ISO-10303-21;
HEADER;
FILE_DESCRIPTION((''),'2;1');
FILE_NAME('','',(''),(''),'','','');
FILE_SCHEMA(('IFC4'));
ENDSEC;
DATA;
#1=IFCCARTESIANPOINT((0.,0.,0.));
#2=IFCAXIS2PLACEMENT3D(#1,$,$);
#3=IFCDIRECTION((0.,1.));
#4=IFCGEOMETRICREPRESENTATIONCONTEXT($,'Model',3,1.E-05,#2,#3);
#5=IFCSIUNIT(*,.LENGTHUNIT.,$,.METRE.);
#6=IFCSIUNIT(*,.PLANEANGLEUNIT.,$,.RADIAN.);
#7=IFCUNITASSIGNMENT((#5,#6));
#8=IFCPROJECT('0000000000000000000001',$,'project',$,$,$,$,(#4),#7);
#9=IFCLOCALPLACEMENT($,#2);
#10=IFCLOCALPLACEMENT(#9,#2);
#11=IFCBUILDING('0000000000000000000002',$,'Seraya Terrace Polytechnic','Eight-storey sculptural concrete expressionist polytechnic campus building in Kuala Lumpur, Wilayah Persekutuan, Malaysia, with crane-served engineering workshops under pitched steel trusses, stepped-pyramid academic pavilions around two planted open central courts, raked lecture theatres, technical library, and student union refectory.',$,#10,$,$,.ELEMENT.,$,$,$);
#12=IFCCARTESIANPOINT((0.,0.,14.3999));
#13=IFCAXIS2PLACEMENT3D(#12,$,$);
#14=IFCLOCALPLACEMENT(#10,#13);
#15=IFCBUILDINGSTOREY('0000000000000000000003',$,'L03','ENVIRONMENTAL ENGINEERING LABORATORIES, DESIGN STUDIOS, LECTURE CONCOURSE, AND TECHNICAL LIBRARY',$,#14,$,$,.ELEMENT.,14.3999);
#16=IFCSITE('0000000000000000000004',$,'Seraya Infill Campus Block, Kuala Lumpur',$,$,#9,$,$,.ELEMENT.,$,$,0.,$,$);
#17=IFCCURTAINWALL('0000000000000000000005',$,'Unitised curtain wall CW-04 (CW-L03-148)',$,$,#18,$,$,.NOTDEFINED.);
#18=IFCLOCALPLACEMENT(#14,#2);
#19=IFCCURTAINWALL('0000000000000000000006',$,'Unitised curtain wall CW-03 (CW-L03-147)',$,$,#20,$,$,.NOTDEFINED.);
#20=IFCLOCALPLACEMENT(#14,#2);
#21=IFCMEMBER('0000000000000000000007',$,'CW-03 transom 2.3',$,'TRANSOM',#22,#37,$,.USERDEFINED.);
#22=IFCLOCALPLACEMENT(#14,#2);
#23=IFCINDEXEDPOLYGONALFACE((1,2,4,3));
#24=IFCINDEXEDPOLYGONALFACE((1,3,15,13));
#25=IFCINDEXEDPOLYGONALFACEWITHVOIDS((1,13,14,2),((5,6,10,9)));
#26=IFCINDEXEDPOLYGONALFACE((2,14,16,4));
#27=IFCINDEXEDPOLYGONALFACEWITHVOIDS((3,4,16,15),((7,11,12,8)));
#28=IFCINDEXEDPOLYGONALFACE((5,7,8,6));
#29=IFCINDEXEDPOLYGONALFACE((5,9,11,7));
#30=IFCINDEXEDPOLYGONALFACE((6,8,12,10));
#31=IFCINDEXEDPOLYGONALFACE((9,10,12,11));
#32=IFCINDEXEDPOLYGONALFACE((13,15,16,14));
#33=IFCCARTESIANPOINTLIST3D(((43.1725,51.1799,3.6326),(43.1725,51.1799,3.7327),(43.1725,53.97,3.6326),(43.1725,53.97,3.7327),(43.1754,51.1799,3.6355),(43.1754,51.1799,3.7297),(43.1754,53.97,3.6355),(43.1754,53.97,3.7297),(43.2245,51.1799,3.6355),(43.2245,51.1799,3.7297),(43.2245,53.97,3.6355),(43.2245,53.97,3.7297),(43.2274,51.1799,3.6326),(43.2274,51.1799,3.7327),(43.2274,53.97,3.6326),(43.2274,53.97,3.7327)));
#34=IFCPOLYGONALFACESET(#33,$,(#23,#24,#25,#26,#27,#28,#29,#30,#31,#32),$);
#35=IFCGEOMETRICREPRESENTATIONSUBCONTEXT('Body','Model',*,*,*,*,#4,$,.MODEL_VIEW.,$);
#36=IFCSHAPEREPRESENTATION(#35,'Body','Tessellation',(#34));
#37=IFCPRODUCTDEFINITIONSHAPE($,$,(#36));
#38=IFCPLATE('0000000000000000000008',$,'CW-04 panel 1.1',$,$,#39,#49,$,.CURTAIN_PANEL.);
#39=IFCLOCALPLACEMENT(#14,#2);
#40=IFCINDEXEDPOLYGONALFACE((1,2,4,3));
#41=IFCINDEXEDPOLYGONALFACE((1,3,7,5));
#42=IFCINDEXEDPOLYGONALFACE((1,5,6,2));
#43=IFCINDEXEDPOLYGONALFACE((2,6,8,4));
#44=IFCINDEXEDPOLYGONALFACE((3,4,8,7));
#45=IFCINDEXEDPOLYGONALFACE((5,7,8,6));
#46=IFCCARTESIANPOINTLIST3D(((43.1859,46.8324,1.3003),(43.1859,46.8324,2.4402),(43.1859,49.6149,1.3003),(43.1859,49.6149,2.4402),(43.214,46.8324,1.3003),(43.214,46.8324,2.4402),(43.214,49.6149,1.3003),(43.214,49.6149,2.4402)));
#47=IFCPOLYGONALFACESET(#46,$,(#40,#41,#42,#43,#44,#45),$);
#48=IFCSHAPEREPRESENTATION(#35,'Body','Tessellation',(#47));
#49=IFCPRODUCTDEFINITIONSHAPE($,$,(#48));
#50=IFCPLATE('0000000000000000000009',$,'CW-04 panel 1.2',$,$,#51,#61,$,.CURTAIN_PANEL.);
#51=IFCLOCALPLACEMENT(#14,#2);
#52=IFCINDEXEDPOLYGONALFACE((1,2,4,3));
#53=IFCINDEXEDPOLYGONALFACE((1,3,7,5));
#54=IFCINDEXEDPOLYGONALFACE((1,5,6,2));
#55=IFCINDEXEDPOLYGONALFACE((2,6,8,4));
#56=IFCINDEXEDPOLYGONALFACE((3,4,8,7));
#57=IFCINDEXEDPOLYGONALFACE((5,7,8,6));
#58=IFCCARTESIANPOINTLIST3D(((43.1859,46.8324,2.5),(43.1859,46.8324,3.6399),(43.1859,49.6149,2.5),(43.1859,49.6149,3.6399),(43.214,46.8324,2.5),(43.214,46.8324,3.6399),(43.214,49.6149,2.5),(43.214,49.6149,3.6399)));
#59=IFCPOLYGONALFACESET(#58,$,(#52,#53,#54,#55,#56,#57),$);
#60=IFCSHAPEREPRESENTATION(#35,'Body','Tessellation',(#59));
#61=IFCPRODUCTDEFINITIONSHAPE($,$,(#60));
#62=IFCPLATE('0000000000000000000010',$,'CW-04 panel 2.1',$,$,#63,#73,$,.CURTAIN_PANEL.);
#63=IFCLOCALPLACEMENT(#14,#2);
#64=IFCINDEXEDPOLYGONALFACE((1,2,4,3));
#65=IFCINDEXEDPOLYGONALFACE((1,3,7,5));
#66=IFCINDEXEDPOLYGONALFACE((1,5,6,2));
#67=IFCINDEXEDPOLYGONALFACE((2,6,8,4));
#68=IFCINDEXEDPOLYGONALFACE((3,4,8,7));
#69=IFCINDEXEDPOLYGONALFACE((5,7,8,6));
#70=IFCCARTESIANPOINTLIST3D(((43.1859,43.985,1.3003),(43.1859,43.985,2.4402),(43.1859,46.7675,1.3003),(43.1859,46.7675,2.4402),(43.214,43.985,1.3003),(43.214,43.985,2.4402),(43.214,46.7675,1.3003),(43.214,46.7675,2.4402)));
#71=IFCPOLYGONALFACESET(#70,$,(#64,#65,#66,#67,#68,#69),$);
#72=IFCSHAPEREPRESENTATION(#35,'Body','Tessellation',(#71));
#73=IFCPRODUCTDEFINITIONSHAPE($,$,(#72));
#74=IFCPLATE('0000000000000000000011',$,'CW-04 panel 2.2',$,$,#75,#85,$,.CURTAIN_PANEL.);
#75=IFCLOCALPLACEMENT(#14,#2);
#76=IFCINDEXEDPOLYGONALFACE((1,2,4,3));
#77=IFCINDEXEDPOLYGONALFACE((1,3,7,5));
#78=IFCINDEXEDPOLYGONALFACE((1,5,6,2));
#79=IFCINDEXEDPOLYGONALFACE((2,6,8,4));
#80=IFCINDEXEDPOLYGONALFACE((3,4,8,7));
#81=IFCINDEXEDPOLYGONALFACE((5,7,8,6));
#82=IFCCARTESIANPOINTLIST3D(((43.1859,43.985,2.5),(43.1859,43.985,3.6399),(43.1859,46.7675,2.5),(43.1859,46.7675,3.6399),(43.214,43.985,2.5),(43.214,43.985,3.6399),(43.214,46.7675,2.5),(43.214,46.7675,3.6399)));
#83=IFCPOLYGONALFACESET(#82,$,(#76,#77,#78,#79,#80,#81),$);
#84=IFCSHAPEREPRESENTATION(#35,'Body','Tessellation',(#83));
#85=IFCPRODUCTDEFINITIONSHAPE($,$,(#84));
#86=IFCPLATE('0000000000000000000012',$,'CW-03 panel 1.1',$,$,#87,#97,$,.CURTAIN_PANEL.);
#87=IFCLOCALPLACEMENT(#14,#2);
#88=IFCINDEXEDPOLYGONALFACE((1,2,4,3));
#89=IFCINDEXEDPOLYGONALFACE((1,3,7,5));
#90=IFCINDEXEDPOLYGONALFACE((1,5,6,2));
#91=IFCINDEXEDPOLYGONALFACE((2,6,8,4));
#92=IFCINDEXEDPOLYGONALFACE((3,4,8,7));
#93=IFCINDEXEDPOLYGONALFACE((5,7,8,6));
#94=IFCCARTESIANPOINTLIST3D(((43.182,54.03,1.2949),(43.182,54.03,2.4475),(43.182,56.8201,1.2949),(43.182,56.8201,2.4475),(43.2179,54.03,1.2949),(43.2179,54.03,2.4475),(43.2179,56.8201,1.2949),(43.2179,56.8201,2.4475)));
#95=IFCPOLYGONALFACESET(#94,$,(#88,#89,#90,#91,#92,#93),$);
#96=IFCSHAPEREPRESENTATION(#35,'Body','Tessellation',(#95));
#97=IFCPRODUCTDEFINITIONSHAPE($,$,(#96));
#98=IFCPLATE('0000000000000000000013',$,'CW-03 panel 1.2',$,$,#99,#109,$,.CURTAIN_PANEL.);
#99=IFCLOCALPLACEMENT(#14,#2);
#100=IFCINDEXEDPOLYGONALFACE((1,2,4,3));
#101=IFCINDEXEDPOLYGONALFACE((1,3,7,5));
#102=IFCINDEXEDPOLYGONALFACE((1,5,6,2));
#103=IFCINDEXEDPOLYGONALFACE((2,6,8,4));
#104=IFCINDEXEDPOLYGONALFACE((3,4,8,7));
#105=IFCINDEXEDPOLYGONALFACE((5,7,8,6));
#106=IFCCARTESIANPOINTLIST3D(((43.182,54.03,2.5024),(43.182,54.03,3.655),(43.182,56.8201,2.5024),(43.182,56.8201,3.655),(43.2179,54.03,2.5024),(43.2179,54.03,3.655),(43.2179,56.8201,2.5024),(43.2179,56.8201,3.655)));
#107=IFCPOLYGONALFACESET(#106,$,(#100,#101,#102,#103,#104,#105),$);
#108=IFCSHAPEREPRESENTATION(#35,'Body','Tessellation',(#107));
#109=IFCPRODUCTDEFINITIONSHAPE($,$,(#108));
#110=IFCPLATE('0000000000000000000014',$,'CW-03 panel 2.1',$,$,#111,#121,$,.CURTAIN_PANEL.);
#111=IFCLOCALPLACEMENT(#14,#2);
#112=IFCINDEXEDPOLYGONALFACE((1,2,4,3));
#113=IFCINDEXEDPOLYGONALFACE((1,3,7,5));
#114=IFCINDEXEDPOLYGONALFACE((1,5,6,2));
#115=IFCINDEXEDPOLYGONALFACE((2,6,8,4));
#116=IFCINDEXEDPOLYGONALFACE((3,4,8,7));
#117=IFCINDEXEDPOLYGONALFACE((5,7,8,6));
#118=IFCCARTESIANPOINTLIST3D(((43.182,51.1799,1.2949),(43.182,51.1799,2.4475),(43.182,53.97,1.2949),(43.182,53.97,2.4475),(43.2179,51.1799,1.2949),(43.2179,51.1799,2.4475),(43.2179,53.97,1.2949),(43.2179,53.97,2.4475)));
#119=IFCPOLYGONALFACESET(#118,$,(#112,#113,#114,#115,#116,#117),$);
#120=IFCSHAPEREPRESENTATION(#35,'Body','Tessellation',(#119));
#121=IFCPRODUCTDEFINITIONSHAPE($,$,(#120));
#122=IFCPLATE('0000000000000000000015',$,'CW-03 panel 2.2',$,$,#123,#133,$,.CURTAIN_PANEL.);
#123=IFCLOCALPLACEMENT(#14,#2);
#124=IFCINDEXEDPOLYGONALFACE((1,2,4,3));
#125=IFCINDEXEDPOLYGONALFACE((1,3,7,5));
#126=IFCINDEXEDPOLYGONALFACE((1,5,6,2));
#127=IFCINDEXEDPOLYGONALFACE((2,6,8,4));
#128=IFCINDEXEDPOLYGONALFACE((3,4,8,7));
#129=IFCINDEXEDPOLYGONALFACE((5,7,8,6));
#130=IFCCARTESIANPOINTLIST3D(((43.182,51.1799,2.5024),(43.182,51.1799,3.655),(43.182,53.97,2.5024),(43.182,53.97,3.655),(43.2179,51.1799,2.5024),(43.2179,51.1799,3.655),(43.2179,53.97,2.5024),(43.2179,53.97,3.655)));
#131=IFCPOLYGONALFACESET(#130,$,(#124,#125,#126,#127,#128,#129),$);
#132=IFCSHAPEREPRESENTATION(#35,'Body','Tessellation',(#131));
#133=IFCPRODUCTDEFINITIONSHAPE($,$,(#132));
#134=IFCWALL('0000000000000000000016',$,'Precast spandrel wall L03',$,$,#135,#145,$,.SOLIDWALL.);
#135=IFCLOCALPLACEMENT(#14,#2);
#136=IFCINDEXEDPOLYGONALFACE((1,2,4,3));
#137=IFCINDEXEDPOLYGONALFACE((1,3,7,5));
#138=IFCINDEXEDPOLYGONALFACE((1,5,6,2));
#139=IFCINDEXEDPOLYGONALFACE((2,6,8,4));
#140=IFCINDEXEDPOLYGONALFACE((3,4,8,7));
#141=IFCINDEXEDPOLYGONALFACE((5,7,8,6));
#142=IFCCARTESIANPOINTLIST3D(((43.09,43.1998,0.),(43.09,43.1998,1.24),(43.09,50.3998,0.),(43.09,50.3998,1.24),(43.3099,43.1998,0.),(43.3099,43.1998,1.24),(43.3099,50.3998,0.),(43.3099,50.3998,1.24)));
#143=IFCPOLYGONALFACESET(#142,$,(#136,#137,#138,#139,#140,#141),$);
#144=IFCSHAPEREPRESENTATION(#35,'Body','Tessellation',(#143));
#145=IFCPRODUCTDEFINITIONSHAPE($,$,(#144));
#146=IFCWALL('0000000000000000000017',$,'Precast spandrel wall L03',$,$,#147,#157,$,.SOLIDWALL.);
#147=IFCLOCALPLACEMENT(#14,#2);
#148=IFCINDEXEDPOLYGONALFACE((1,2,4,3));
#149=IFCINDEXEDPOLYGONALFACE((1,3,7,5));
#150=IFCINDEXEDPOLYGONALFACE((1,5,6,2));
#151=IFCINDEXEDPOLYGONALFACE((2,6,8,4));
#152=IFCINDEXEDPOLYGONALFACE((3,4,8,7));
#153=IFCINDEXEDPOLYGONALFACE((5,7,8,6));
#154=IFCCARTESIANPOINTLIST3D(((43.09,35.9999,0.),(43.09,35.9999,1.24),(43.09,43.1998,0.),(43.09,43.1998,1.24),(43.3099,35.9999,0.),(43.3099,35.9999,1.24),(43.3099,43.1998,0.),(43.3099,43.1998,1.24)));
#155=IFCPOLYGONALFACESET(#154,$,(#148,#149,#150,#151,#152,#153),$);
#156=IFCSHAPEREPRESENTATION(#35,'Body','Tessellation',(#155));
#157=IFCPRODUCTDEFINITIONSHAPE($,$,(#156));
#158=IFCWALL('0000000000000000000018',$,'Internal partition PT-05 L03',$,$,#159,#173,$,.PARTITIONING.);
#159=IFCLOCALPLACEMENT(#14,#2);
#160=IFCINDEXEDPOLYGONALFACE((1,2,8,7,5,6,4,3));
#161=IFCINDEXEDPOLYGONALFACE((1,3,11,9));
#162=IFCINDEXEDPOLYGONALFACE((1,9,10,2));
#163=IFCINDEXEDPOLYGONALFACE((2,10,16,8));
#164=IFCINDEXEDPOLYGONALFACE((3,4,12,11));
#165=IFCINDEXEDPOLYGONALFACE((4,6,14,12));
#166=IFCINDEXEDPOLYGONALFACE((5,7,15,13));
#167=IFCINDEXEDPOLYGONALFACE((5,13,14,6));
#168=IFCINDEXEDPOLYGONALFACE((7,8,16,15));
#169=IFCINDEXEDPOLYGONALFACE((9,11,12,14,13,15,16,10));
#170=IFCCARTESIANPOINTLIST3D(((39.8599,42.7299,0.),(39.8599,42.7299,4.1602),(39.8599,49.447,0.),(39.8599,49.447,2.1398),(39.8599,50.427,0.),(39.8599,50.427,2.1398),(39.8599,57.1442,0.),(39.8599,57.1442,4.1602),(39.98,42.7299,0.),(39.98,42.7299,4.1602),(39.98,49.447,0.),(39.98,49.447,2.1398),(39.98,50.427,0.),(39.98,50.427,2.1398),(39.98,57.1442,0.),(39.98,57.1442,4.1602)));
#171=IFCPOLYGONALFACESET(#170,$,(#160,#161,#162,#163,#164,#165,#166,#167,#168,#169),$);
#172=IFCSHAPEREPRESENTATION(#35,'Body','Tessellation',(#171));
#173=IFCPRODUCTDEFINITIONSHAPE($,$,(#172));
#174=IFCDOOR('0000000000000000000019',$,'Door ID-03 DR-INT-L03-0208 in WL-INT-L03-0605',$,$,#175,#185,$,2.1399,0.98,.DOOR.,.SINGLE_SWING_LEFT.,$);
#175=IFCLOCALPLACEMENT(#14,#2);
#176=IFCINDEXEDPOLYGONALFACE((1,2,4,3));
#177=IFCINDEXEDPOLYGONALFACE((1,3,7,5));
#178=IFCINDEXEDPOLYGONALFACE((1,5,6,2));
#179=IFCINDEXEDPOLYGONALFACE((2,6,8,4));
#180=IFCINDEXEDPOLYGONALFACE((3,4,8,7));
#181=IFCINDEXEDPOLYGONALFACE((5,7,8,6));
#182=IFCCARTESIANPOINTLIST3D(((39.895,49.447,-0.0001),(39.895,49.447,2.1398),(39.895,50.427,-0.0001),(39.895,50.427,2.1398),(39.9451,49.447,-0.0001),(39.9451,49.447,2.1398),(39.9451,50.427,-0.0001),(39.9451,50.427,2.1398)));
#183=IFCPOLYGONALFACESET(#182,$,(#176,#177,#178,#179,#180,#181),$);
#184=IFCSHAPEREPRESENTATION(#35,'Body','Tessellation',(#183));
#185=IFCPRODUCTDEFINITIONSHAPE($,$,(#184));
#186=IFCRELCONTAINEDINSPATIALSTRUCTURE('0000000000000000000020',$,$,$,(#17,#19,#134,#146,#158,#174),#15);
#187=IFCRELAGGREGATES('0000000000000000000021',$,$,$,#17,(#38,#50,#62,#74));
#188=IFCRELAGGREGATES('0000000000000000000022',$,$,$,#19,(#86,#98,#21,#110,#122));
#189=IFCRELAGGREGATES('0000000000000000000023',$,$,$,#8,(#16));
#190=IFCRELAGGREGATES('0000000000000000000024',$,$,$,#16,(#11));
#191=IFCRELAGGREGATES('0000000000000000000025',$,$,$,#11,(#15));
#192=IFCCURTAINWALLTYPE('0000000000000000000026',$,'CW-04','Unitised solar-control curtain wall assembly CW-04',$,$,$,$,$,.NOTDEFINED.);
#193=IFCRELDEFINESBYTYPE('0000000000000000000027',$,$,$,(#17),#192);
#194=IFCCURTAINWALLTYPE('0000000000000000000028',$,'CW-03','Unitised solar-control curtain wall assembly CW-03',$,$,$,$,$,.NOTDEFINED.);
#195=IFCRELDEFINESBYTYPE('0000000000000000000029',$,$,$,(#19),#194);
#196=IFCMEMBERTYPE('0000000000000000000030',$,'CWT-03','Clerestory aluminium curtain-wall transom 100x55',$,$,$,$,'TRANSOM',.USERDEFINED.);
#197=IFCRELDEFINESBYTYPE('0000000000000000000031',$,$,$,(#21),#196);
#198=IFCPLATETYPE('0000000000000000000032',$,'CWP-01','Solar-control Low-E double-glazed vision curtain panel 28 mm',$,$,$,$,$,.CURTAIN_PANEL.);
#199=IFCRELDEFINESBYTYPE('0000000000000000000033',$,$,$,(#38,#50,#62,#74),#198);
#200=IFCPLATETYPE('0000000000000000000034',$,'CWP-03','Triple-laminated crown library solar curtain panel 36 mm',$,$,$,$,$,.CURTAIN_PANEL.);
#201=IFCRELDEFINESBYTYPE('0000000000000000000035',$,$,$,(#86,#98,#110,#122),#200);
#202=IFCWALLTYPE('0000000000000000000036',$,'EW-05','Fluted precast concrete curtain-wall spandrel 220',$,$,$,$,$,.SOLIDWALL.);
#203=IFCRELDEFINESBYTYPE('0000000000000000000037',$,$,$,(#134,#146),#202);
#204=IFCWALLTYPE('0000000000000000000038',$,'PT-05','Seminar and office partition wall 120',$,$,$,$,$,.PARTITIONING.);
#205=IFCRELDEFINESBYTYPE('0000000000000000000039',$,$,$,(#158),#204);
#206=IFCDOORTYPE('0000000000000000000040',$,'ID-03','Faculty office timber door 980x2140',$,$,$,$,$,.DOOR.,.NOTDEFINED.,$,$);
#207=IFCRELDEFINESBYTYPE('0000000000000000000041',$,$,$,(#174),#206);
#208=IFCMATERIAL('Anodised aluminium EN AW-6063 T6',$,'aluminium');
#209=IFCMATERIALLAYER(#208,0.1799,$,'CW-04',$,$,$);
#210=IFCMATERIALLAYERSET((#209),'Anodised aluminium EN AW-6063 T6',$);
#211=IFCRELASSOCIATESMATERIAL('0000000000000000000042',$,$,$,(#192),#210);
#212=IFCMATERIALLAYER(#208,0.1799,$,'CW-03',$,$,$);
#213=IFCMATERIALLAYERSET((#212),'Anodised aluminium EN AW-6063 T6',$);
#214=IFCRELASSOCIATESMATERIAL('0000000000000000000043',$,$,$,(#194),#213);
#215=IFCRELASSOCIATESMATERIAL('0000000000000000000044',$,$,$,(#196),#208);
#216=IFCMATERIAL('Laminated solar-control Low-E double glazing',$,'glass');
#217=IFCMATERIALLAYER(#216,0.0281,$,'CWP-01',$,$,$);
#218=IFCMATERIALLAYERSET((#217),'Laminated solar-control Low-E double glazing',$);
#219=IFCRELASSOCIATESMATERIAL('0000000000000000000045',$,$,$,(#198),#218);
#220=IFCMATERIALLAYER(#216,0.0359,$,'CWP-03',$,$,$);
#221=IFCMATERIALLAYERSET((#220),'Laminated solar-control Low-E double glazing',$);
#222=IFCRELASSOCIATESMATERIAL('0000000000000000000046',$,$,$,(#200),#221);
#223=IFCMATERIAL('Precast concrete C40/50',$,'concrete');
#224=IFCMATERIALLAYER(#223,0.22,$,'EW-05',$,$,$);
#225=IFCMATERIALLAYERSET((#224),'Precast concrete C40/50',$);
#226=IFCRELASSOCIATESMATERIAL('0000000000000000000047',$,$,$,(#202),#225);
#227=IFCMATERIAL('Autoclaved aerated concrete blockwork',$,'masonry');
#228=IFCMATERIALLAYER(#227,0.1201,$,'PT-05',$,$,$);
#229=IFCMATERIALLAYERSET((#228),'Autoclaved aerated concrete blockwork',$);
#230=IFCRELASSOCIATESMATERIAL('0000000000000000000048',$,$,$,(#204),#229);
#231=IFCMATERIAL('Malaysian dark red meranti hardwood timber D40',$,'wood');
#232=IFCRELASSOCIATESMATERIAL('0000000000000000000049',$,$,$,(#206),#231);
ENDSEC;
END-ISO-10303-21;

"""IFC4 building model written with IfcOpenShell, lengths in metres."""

from ifc_helpers import new_model, si_unit, direction, frame, frame_2d, origin, origin_2d, place, context, subcontext, project, spatial, rectangle, hollow_rectangle, extrude, material, layer, layer_set, material_profile, profile_set, type_object, element, fill, aggregate, save


model = new_model("IFC4")

# Units and contexts
model_context = context("Model", 3, precision=1e-05, world=origin(), true_north=direction((0.0, 1.0)))
body_context = subcontext(model_context, "Body", "Model", "MODEL_VIEW")
ifc_project = project(units=[si_unit("LENGTHUNIT", "METRE"), si_unit("PLANEANGLEUNIT", "RADIAN")], contexts=[model_context])

# Site, building, storey
site_placement = place(None, origin())
site = spatial("IfcSite", under=ifc_project, at=site_placement, Name="Seraya Infill Campus Block, Kuala Lumpur", CompositionType="ELEMENT", RefElevation=0.0)
building_placement = place(site_placement, origin())
building = spatial("IfcBuilding", under=site, at=building_placement, Name="Seraya Terrace Polytechnic", Description="Eight-storey sculptural concrete expressionist polytechnic campus building in Kuala Lumpur, Wilayah Persekutuan, Malaysia, with crane-served engineering workshops under pitched steel trusses, stepped-pyramid academic pavilions around two planted open central courts, raked lecture theatres, technical library, and student union refectory.", CompositionType="ELEMENT")
storey_placement = place(building_placement, frame((0.0, 0.0, 14.3999)))
storey = spatial("IfcBuildingStorey", under=building, at=storey_placement, Name="L03", Description="ENVIRONMENTAL ENGINEERING LABORATORIES, DESIGN STUDIOS, LECTURE CONCOURSE, AND TECHNICAL LIBRARY", CompositionType="ELEMENT", Elevation=14.3999)

# Curtain wall
ifc_material_1 = material(Name="Anodised aluminium EN AW-6063 T6", Category="aluminium")
ifc_layer_1 = layer(ifc_material_1, 0.1799, Name="CW-04")
ifc_layer_set_1 = layer_set([ifc_layer_1], Name="Anodised aluminium EN AW-6063 T6")
curtain_wall_type_1 = type_object("IfcCurtainWallType", Name="CW-04", Description="Unitised solar-control curtain wall assembly CW-04", PredefinedType="NOTDEFINED", material=ifc_layer_set_1)
curtain_wall_1_placement = place(storey_placement, origin())
curtain_wall_1 = element("IfcCurtainWall", 1, at=curtain_wall_1_placement, inside=storey, type_object=curtain_wall_type_1, Name="Unitised curtain wall CW-04 (CW-L03-148)", PredefinedType="NOTDEFINED")

# Curtain wall
ifc_layer_2 = layer(ifc_material_1, 0.1799, Name="CW-03")
ifc_layer_set_2 = layer_set([ifc_layer_2], Name="Anodised aluminium EN AW-6063 T6")
curtain_wall_type_2 = type_object("IfcCurtainWallType", Name="CW-03", Description="Unitised solar-control curtain wall assembly CW-03", PredefinedType="NOTDEFINED", material=ifc_layer_set_2)
curtain_wall_2_placement = place(storey_placement, origin())
curtain_wall_2 = element("IfcCurtainWall", 2, at=curtain_wall_2_placement, inside=storey, type_object=curtain_wall_type_2, Name="Unitised curtain wall CW-03 (CW-L03-147)", PredefinedType="NOTDEFINED")

# Member
ifc_material_profile_1 = material_profile(ifc_material_1, hollow_rectangle(XDim=0.0549, YDim=0.1001, WallThickness=0.0029, at=origin_2d()), Name="RHS 100x55x3.0")
ifc_profile_set_1 = profile_set([ifc_material_profile_1], Name="Anodised aluminium EN AW-6063 T6")
member_type_1 = type_object("IfcMemberType", Name="CWT-03", Description="Clerestory aluminium curtain-wall transom 100x55", ElementType="TRANSOM", PredefinedType="USERDEFINED", material=ifc_profile_set_1)
member_1_placement = place(storey_placement, frame((43.2, 53.97, 3.6826), z_axis=(0.0, -1.0, 0.0), x_axis=(1.0, 0.0, 0.0)))
member_1 = element("IfcMember", 3, at=member_1_placement, type_object=member_type_1, Name="CW-03 transom 2.3", ObjectType="TRANSOM", PredefinedType="USERDEFINED", context=body_context, shape_type="SweptSolid", body=[
    extrude(hollow_rectangle(XDim=0.0549, YDim=0.1001, WallThickness=0.0029, at=origin_2d()), origin(), (0.0, 0.0, 1.0), 2.79),
])

# Plates
ifc_material_2 = material(Name="Laminated solar-control Low-E double glazing", Category="glass")
ifc_layer_3 = layer(ifc_material_2, 0.0281, Name="CWP-01")
ifc_layer_set_3 = layer_set([ifc_layer_3], Name="Laminated solar-control Low-E double glazing")
plate_type_1 = type_object("IfcPlateType", Name="CWP-01", Description="Solar-control Low-E double-glazed vision curtain panel 28 mm", PredefinedType="CURTAIN_PANEL", material=ifc_layer_set_3)
plate_1_placement = place(storey_placement, frame((43.2, 48.2236, 1.3003), z_axis=(0.0, 0.0, 1.0), x_axis=(0.0, -1.0, 0.0)))
plate_1 = element("IfcPlate", 4, at=plate_1_placement, type_object=plate_type_1, Name="CW-04 panel 1.1", PredefinedType="CURTAIN_PANEL", context=body_context, shape_type="SweptSolid", body=[
    extrude(rectangle(XDim=2.7825, YDim=0.0281, at=origin_2d()), origin(), (0.0, 0.0, 1.0), 1.1399),
])
plate_2_placement = place(storey_placement, frame((43.2, 48.2236, 2.5), z_axis=(0.0, 0.0, 1.0), x_axis=(0.0, -1.0, 0.0)))
plate_2 = element("IfcPlate", 5, at=plate_2_placement, type_object=plate_type_1, Name="CW-04 panel 1.2", PredefinedType="CURTAIN_PANEL", context=body_context, shape_type="SweptSolid", body=[
    extrude(rectangle(XDim=2.7825, YDim=0.0281, at=origin_2d()), origin(), (0.0, 0.0, 1.0), 1.1399),
])
plate_3_placement = place(storey_placement, frame((43.2, 45.3762, 1.3003), z_axis=(0.0, 0.0, 1.0), x_axis=(0.0, -1.0, 0.0)))
plate_3 = element("IfcPlate", 6, at=plate_3_placement, type_object=plate_type_1, Name="CW-04 panel 2.1", PredefinedType="CURTAIN_PANEL", context=body_context, shape_type="SweptSolid", body=[
    extrude(rectangle(XDim=2.7825, YDim=0.0281, at=origin_2d()), origin(), (0.0, 0.0, 1.0), 1.1399),
])
plate_4_placement = place(storey_placement, frame((43.2, 45.3762, 2.5), z_axis=(0.0, 0.0, 1.0), x_axis=(0.0, -1.0, 0.0)))
plate_4 = element("IfcPlate", 7, at=plate_4_placement, type_object=plate_type_1, Name="CW-04 panel 2.2", PredefinedType="CURTAIN_PANEL", context=body_context, shape_type="SweptSolid", body=[
    extrude(rectangle(XDim=2.7825, YDim=0.0281, at=origin_2d()), origin(), (0.0, 0.0, 1.0), 1.1399),
])
aggregate(curtain_wall_1, [plate_1, plate_2, plate_3, plate_4])
ifc_layer_4 = layer(ifc_material_2, 0.0359, Name="CWP-03")
ifc_layer_set_4 = layer_set([ifc_layer_4], Name="Laminated solar-control Low-E double glazing")
plate_type_2 = type_object("IfcPlateType", Name="CWP-03", Description="Triple-laminated crown library solar curtain panel 36 mm", PredefinedType="CURTAIN_PANEL", material=ifc_layer_set_4)
plate_5_placement = place(storey_placement, frame((43.2, 55.425, 1.2949), z_axis=(0.0, 0.0, 1.0), x_axis=(0.0, -1.0, 0.0)))
plate_5 = element("IfcPlate", 8, at=plate_5_placement, type_object=plate_type_2, Name="CW-03 panel 1.1", PredefinedType="CURTAIN_PANEL", context=body_context, shape_type="SweptSolid", body=[
    extrude(rectangle(XDim=2.79, YDim=0.0359, at=origin_2d()), origin(), (0.0, 0.0, 1.0), 1.1526),
])
plate_6_placement = place(storey_placement, frame((43.2, 55.425, 2.5024), z_axis=(0.0, 0.0, 1.0), x_axis=(0.0, -1.0, 0.0)))
plate_6 = element("IfcPlate", 9, at=plate_6_placement, type_object=plate_type_2, Name="CW-03 panel 1.2", PredefinedType="CURTAIN_PANEL", context=body_context, shape_type="SweptSolid", body=[
    extrude(rectangle(XDim=2.79, YDim=0.0359, at=origin_2d()), origin(), (0.0, 0.0, 1.0), 1.1526),
])
plate_7_placement = place(storey_placement, frame((43.2, 52.575, 1.2949), z_axis=(0.0, 0.0, 1.0), x_axis=(0.0, -1.0, 0.0)))
plate_7 = element("IfcPlate", 10, at=plate_7_placement, type_object=plate_type_2, Name="CW-03 panel 2.1", PredefinedType="CURTAIN_PANEL", context=body_context, shape_type="SweptSolid", body=[
    extrude(rectangle(XDim=2.79, YDim=0.0359, at=origin_2d()), origin(), (0.0, 0.0, 1.0), 1.1526),
])
plate_8_placement = place(storey_placement, frame((43.2, 52.575, 2.5024), z_axis=(0.0, 0.0, 1.0), x_axis=(0.0, -1.0, 0.0)))
plate_8 = element("IfcPlate", 11, at=plate_8_placement, type_object=plate_type_2, Name="CW-03 panel 2.2", PredefinedType="CURTAIN_PANEL", context=body_context, shape_type="SweptSolid", body=[
    extrude(rectangle(XDim=2.79, YDim=0.0359, at=origin_2d()), origin(), (0.0, 0.0, 1.0), 1.1526),
])
aggregate(curtain_wall_2, [plate_5, plate_6, member_1, plate_7, plate_8])

# Walls
ifc_material_3 = material(Name="Precast concrete C40/50", Category="concrete")
ifc_layer_5 = layer(ifc_material_3, 0.22, Name="EW-05")
ifc_layer_set_5 = layer_set([ifc_layer_5], Name="Precast concrete C40/50")
wall_type_1 = type_object("IfcWallType", Name="EW-05", Description="Fluted precast concrete curtain-wall spandrel 220", PredefinedType="SOLIDWALL", material=ifc_layer_set_5)
for number, where, z_axis, x_axis, name in (
    (12, (43.2, 50.3999, 0.0), (0.0, 0.0, 1.0), (0.0, -1.0, 0.0), "Precast spandrel wall L03"),
    (13, (43.2, 43.2, 0.0), (0.0, 0.0, 1.0), (0.0, -1.0, 0.0), "Precast spandrel wall L03"),
):
    element("IfcWall", number, at=place(storey_placement, frame(where, z_axis=z_axis, x_axis=x_axis)), inside=storey, type_object=wall_type_1, Name=name, PredefinedType="SOLIDWALL", context=body_context, shape_type="SweptSolid", body=[
        extrude(rectangle(XDim=7.2, YDim=0.22, at=frame_2d((3.6001, 0.0))), origin(), (0.0, 0.0, 1.0), 1.24),
    ])

# Wall, opening, door
ifc_material_4 = material(Name="Autoclaved aerated concrete blockwork", Category="masonry")
ifc_layer_6 = layer(ifc_material_4, 0.1201, Name="PT-05")
ifc_layer_set_6 = layer_set([ifc_layer_6], Name="Autoclaved aerated concrete blockwork")
wall_type_2 = type_object("IfcWallType", Name="PT-05", Description="Seminar and office partition wall 120", PredefinedType="PARTITIONING", material=ifc_layer_set_6)
wall_1_placement = place(storey_placement, frame((39.9199, 42.73, 0.0), z_axis=(0.0, 0.0, 1.0), x_axis=(0.0, 1.0, 0.0)))
wall_1 = element("IfcWall", 14, at=wall_1_placement, inside=storey, type_object=wall_type_2, Name="Internal partition PT-05 L03", PredefinedType="PARTITIONING", context=body_context, shape_type="SweptSolid", body=[
    extrude(rectangle(XDim=14.4143, YDim=0.1201, at=frame_2d((7.207, 0.0))), origin(), (0.0, 0.0, 1.0), 4.1602),
])
opening_placement = place(wall_1_placement, frame((6.717, 0.0, 0.0)))
opening = element("IfcOpeningElement", 15, at=opening_placement, cuts=wall_1, PredefinedType="OPENING", context=body_context, shape_type="SweptSolid", body=[
    extrude(rectangle(XDim=0.98, YDim=2.1399, at=frame_2d((0.49, 1.0698))), frame((0.0, 0.072, 0.0), z_axis=(0.0, -1.0, 0.0), x_axis=(1.0, 0.0, 0.0)), (0.0, 0.0, 1.0), 0.144),
])
ifc_material_5 = material(Name="Malaysian dark red meranti hardwood timber D40", Category="wood")
door_type = type_object("IfcDoorType", Name="ID-03", Description="Faculty office timber door 980x2140", OperationType="NOTDEFINED", PredefinedType="DOOR", material=ifc_material_5)
door_placement = place(opening_placement, origin())
door = element("IfcDoor", 16, at=door_placement, inside=storey, type_object=door_type, Name="Door ID-03 DR-INT-L03-0208 in WL-INT-L03-0605", OperationType="SINGLE_SWING_LEFT", OverallHeight=2.1399, OverallWidth=0.98, PredefinedType="DOOR", context=body_context, shape_type="SweptSolid", body=[
    extrude(rectangle(XDim=0.98, YDim=2.1399, at=frame_2d((0.49, 1.0698))), frame((0.0, 0.0249, 0.0), z_axis=(0.0, -1.0, 0.0), x_axis=(1.0, 0.0, 0.0)), (0.0, 0.0, 1.0), 0.05),
])
fill(opening, door)

save(model, "model.ifc")
